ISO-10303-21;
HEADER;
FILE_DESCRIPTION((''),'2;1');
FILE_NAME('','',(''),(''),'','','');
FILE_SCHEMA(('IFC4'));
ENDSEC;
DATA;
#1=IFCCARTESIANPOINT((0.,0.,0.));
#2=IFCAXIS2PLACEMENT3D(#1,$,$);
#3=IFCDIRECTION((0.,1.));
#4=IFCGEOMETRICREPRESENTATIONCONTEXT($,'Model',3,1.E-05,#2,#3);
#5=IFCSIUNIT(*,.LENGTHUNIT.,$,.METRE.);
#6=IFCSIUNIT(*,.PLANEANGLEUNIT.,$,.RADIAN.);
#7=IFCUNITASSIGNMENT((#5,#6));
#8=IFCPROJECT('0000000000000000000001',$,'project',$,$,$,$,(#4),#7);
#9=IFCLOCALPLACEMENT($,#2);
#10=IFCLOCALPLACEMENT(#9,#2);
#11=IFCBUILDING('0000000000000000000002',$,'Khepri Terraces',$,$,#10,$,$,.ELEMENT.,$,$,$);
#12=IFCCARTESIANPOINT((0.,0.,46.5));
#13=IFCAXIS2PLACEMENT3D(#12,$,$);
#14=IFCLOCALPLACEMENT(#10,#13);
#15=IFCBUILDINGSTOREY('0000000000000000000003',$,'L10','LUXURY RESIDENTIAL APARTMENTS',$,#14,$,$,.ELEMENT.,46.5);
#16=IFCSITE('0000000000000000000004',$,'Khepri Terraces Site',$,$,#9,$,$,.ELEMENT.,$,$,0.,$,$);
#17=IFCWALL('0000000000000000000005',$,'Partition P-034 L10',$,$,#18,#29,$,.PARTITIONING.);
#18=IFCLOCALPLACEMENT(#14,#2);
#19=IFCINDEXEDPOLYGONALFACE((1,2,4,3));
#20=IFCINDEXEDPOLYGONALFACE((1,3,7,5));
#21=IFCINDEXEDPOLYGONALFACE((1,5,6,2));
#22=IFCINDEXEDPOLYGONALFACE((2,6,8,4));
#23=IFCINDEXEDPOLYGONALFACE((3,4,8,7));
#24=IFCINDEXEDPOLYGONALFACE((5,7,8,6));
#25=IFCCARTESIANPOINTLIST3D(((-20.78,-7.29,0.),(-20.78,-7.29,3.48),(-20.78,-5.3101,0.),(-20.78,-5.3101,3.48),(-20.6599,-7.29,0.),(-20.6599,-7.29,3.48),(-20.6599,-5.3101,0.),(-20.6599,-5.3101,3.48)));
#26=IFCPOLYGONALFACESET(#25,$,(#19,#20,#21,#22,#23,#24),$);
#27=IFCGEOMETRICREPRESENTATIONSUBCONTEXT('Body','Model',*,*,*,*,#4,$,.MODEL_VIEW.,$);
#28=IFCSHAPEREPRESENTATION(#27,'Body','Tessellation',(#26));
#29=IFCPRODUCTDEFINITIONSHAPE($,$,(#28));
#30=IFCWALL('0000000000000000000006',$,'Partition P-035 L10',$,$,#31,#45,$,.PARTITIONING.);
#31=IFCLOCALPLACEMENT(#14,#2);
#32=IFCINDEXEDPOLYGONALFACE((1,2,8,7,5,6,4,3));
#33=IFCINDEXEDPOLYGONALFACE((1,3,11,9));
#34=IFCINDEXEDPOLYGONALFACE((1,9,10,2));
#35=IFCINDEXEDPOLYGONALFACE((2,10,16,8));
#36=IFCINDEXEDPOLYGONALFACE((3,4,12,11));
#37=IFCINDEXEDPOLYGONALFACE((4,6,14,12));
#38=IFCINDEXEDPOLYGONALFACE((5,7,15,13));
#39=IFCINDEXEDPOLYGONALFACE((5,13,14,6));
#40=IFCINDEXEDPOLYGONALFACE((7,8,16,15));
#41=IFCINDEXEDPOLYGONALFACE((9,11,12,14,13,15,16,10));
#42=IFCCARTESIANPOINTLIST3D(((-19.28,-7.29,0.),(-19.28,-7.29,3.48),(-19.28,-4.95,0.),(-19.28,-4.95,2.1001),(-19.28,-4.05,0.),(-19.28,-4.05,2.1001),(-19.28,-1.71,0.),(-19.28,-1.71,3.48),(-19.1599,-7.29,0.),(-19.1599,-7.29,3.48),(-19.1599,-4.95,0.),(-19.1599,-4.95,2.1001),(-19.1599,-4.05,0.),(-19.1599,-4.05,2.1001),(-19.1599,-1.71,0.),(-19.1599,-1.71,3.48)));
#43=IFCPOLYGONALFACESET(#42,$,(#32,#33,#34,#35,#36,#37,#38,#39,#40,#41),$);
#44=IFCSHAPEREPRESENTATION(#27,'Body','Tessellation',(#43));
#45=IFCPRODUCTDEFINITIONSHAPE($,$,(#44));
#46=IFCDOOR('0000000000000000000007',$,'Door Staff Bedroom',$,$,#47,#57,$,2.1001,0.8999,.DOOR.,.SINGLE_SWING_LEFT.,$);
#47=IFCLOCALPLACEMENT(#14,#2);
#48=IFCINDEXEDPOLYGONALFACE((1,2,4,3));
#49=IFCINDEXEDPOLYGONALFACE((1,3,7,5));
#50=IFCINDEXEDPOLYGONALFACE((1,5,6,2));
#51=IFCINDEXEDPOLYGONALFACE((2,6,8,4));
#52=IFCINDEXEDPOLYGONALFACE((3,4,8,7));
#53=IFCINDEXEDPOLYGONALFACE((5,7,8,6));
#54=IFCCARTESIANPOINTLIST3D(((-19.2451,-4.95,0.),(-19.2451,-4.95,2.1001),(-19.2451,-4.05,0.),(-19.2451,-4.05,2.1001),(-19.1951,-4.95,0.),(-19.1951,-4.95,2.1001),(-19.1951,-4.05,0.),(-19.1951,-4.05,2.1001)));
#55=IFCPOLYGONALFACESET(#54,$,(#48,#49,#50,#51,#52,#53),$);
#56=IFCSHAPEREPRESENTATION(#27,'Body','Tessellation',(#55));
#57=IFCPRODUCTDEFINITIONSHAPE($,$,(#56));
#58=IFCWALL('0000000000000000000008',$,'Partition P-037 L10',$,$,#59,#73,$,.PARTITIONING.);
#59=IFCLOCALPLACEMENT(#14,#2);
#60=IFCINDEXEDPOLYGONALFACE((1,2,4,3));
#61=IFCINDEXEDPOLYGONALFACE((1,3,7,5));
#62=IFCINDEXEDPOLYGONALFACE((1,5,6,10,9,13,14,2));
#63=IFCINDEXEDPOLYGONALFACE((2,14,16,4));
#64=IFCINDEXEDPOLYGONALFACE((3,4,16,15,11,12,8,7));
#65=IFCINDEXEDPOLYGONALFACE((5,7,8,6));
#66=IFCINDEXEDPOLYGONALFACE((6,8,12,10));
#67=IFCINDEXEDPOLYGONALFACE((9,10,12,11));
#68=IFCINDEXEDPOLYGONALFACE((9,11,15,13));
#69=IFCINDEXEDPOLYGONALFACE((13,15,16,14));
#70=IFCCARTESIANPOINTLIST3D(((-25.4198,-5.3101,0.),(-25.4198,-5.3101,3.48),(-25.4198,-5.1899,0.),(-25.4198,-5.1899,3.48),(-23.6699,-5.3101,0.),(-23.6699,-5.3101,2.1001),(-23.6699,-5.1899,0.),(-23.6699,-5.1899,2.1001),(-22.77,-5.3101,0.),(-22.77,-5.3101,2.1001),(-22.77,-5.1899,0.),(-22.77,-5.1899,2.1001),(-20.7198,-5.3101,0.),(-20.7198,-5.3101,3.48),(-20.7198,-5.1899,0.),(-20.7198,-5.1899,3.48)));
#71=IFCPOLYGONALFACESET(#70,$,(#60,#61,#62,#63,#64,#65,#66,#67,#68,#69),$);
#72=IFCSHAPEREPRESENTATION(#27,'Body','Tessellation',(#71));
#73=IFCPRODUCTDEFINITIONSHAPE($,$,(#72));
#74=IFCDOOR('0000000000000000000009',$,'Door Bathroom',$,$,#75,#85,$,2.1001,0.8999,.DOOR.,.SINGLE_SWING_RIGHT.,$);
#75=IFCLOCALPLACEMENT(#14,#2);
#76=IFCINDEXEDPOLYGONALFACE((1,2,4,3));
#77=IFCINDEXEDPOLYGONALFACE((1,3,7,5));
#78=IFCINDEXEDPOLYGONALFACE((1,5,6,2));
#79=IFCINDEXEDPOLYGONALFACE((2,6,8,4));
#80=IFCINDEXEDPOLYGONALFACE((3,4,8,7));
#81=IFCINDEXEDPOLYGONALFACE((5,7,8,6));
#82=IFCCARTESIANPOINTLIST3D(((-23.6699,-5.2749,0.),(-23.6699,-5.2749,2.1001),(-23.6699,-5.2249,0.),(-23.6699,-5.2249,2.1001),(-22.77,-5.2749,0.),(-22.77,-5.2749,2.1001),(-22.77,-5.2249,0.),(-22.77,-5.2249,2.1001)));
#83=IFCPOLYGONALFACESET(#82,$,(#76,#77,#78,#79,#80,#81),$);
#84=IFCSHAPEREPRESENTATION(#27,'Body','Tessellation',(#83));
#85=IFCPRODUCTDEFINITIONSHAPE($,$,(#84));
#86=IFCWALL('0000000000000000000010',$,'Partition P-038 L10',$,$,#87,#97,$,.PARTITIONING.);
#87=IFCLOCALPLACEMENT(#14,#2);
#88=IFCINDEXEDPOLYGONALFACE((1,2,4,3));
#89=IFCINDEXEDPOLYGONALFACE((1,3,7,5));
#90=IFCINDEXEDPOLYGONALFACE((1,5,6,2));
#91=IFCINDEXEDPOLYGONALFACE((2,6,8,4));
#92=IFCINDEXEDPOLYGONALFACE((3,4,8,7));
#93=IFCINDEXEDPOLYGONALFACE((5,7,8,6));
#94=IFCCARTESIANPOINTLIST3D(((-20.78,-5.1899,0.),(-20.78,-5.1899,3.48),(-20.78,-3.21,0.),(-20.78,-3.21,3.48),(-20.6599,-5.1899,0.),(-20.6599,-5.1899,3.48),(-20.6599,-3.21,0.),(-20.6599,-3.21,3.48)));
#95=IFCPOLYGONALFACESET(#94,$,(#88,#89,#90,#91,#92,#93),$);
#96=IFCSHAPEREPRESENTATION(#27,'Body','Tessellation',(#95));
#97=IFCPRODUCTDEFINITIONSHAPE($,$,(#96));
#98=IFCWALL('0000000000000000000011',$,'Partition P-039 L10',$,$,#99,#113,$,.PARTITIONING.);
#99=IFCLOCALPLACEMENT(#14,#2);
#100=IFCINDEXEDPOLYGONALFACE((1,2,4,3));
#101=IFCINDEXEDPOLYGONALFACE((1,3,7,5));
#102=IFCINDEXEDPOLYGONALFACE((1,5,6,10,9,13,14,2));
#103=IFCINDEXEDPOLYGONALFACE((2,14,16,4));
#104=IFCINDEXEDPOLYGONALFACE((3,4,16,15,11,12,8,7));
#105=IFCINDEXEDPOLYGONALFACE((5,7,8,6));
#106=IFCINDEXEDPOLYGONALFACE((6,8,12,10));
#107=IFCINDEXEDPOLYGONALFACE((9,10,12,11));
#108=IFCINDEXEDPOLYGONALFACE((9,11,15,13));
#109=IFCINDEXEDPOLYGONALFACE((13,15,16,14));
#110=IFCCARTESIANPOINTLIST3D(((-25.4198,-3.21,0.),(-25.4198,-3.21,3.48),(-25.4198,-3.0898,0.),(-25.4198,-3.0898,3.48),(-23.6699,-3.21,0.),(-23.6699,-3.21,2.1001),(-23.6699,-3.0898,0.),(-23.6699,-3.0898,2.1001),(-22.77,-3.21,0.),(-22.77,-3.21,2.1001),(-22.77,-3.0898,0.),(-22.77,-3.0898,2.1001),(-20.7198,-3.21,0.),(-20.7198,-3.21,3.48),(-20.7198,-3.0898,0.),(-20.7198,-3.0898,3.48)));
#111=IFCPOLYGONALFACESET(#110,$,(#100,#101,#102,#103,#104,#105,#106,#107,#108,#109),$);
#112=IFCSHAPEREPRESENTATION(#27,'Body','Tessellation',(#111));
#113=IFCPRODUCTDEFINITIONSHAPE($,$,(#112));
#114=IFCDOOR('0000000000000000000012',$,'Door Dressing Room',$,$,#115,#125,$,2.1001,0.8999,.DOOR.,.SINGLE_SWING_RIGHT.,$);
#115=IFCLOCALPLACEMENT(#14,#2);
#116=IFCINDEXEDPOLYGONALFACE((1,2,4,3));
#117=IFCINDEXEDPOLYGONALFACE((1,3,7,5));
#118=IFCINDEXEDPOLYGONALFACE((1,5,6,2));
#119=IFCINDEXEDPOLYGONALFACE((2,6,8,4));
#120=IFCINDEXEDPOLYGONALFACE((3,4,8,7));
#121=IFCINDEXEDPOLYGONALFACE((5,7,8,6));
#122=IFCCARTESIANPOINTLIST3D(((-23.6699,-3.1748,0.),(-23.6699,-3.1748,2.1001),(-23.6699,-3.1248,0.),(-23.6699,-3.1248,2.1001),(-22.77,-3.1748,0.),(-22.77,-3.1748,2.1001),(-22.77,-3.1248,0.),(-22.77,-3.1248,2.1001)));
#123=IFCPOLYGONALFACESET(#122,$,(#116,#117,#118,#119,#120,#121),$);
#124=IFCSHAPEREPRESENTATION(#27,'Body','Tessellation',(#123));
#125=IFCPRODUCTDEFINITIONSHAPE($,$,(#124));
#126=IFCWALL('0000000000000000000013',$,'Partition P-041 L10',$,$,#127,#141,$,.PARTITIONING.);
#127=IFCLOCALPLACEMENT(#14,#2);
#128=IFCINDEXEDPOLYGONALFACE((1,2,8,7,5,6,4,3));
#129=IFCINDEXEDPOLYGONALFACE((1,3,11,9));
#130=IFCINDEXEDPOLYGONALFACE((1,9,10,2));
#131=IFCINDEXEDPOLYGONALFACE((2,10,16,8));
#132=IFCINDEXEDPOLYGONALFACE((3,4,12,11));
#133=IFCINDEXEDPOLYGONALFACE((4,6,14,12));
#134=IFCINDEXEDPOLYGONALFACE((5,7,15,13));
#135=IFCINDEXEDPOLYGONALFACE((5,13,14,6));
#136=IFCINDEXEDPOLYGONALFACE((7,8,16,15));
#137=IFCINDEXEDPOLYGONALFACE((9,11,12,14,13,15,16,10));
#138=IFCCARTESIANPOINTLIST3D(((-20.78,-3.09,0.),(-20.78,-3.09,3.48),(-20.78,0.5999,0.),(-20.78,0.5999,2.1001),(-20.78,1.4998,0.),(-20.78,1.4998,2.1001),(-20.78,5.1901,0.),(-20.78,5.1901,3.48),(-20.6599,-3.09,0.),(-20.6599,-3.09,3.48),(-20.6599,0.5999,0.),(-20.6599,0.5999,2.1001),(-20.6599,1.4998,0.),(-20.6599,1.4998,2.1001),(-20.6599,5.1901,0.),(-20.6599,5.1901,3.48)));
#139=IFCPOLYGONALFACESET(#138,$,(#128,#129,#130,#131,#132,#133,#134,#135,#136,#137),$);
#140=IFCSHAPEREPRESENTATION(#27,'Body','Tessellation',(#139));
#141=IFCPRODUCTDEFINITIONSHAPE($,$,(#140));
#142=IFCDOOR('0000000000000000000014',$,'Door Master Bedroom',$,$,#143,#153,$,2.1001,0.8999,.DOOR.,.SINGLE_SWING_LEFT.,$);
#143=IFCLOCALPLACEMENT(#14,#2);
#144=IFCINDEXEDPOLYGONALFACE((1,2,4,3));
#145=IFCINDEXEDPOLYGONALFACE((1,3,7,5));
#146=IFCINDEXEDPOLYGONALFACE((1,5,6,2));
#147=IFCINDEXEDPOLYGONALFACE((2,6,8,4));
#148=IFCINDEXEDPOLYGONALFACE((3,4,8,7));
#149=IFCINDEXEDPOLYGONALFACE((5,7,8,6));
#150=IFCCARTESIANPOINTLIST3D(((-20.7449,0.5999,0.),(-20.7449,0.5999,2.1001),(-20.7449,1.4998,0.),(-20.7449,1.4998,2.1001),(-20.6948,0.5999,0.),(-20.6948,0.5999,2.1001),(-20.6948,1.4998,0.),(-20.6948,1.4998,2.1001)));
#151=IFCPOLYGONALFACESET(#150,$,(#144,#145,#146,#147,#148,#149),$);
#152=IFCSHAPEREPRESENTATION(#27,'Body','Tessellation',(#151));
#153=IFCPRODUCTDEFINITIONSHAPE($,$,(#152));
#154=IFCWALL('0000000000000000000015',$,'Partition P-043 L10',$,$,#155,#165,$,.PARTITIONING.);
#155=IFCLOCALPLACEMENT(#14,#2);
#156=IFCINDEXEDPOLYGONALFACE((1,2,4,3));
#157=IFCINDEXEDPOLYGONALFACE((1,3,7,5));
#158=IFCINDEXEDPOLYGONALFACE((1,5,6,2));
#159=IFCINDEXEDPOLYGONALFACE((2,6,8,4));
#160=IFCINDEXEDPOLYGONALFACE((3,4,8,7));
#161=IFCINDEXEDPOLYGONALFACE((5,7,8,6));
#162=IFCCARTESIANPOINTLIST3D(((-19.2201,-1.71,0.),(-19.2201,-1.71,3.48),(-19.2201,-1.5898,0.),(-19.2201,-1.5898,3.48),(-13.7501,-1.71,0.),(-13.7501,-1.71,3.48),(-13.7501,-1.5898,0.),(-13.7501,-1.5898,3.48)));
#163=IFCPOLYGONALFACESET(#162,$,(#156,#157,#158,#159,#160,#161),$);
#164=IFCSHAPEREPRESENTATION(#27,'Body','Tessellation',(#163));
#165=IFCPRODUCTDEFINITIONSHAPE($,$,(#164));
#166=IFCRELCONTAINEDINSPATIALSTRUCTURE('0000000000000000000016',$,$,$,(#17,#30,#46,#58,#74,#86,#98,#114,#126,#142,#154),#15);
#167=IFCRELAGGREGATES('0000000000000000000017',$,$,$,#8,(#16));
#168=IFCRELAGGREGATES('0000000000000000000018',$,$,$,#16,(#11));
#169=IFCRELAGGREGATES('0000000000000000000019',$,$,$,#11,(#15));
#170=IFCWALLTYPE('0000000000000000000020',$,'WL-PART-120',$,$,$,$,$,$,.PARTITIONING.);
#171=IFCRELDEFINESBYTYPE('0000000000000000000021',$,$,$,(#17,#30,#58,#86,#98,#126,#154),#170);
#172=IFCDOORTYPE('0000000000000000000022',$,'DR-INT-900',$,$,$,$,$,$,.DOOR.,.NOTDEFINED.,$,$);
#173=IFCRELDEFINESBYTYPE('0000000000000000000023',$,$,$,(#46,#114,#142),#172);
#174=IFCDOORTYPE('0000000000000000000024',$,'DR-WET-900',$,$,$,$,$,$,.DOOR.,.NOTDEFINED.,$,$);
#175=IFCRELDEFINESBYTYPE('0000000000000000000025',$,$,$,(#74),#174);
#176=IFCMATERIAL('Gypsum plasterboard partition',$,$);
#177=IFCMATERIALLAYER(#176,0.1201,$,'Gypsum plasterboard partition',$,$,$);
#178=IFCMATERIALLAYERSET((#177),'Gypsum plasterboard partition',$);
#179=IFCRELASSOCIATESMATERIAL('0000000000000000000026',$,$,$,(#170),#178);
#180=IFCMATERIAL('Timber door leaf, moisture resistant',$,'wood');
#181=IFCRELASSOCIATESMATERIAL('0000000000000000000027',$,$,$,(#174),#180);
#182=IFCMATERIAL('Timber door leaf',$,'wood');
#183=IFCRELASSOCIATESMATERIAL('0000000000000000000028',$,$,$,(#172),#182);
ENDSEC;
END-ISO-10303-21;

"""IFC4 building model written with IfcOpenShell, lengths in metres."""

from ifc_helpers import new_model, si_unit, direction, frame, frame_2d, origin, place, context, subcontext, project, spatial, rectangle, extrude, material, layer, layer_set, type_object, element, fill, save


model = new_model("IFC4")

# Units and contexts
model_context = context("Model", 3, precision=1e-05, world=origin(), true_north=direction((0.0, 1.0)))
body_context = subcontext(model_context, "Body", "Model", "MODEL_VIEW")
ifc_project = project(units=[si_unit("LENGTHUNIT", "METRE"), si_unit("PLANEANGLEUNIT", "RADIAN")], contexts=[model_context])

# Site, building, storey
site_placement = place(None, origin())
site = spatial("IfcSite", under=ifc_project, at=site_placement, Name="Khepri Terraces Site", CompositionType="ELEMENT", RefElevation=0.0)
building_placement = place(site_placement, origin())
building = spatial("IfcBuilding", under=site, at=building_placement, Name="Khepri Terraces", CompositionType="ELEMENT")
storey_placement = place(building_placement, frame((0.0, 0.0, 46.5)))
storey = spatial("IfcBuildingStorey", under=building, at=storey_placement, Name="L10", Description="LUXURY RESIDENTIAL APARTMENTS", CompositionType="ELEMENT", Elevation=46.5)

# Shared definitions
ifc_material_1 = material(Name="Gypsum plasterboard partition")
ifc_layer_1 = layer(ifc_material_1, 0.1201, Name="Gypsum plasterboard partition")
ifc_layer_set_1 = layer_set([ifc_layer_1], Name="Gypsum plasterboard partition")
wall_type_1 = type_object("IfcWallType", Name="WL-PART-120", PredefinedType="PARTITIONING", material=ifc_layer_set_1)

# Shared definitions
ifc_material_2 = material(Name="Timber door leaf, moisture resistant", Category="wood")
door_type_1 = type_object("IfcDoorType", Name="DR-WET-900", OperationType="NOTDEFINED", PredefinedType="DOOR", material=ifc_material_2)

# Wall
wall_1_placement = place(storey_placement, frame((-20.72, -7.29, 0.0), z_axis=(0.0, 0.0, 1.0), x_axis=(0.0, 1.0, 0.0)))
element("IfcWall", 1, at=wall_1_placement, inside=storey, type_object=wall_type_1, Name="Partition P-034 L10", PredefinedType="PARTITIONING", context=body_context, shape_type="SweptSolid", body=[
    extrude(rectangle(XDim=1.98, YDim=0.1201, at=frame_2d((0.99, 0.0))), origin(), (0.0, 0.0, 1.0), 3.48),
])

# Walls, openings, doors
wall_2_placement = place(storey_placement, frame((-19.22, -7.29, 0.0), z_axis=(0.0, 0.0, 1.0), x_axis=(0.0, 1.0, 0.0)))
wall_2 = element("IfcWall", 2, at=wall_2_placement, inside=storey, type_object=wall_type_1, Name="Partition P-035 L10", PredefinedType="PARTITIONING", context=body_context, shape_type="SweptSolid", body=[
    extrude(rectangle(XDim=5.5801, YDim=0.1201, at=frame_2d((2.79, 0.0))), origin(), (0.0, 0.0, 1.0), 3.48),
])
opening_1_placement = place(wall_2_placement, frame((2.3401, 0.0, 0.0)))
opening_1 = element("IfcOpeningElement", 3, at=opening_1_placement, cuts=wall_2, PredefinedType="OPENING", context=body_context, shape_type="SweptSolid", body=[
    extrude(rectangle(XDim=0.8999, YDim=2.1001, at=frame_2d((0.45, 1.05))), frame((0.0, 0.0701, 0.0), z_axis=(0.0, -1.0, 0.0), x_axis=(1.0, 0.0, 0.0)), (0.0, 0.0, 1.0), 0.1401),
])
ifc_material_3 = material(Name="Timber door leaf", Category="wood")
door_type_2 = type_object("IfcDoorType", Name="DR-INT-900", OperationType="NOTDEFINED", PredefinedType="DOOR", material=ifc_material_3)
door_1_placement = place(opening_1_placement, frame((0.8999, 0.0, 0.0), z_axis=(0.0, 0.0, 1.0), x_axis=(-1.0, 0.0, 0.0)))
door_1 = element("IfcDoor", 4, at=door_1_placement, inside=storey, type_object=door_type_2, Name="Door Staff Bedroom", OperationType="SINGLE_SWING_LEFT", OverallHeight=2.1001, OverallWidth=0.8999, PredefinedType="DOOR", context=body_context, shape_type="SweptSolid", body=[
    extrude(rectangle(XDim=0.8999, YDim=2.1001, at=frame_2d((0.45, 1.05))), frame((0.0, 0.0249, 0.0), z_axis=(0.0, -1.0, 0.0), x_axis=(1.0, 0.0, 0.0)), (0.0, 0.0, 1.0), 0.05),
])
fill(opening_1, door_1)
wall_3_placement = place(storey_placement, frame((-25.4199, -5.25, 0.0), z_axis=(0.0, 0.0, 1.0), x_axis=(1.0, 0.0, 0.0)))
wall_3 = element("IfcWall", 5, at=wall_3_placement, inside=storey, type_object=wall_type_1, Name="Partition P-037 L10", PredefinedType="PARTITIONING", context=body_context, shape_type="SweptSolid", body=[
    extrude(rectangle(XDim=4.7, YDim=0.1201, at=frame_2d((2.3501, 0.0))), origin(), (0.0, 0.0, 1.0), 3.48),
])
opening_2_placement = place(wall_3_placement, frame((1.75, 0.0, 0.0)))
opening_2 = element("IfcOpeningElement", 6, at=opening_2_placement, cuts=wall_3, PredefinedType="OPENING", context=body_context, shape_type="SweptSolid", body=[
    extrude(rectangle(XDim=0.8999, YDim=2.1001, at=frame_2d((0.45, 1.05))), frame((0.0, 0.0701, 0.0), z_axis=(0.0, -1.0, 0.0), x_axis=(1.0, 0.0, 0.0)), (0.0, 0.0, 1.0), 0.1401),
])
door_2_placement = place(opening_2_placement, frame((0.8999, 0.0, 0.0), z_axis=(0.0, 0.0, 1.0), x_axis=(-1.0, 0.0, 0.0)))
door_2 = element("IfcDoor", 7, at=door_2_placement, inside=storey, type_object=door_type_1, Name="Door Bathroom", OperationType="SINGLE_SWING_RIGHT", OverallHeight=2.1001, OverallWidth=0.8999, PredefinedType="DOOR", context=body_context, shape_type="SweptSolid", body=[
    extrude(rectangle(XDim=0.8999, YDim=2.1001, at=frame_2d((0.45, 1.05))), frame((0.0, 0.0249, 0.0), z_axis=(0.0, -1.0, 0.0), x_axis=(1.0, 0.0, 0.0)), (0.0, 0.0, 1.0), 0.05),
])
fill(opening_2, door_2)

# Wall
wall_4_placement = place(storey_placement, frame((-20.72, -5.1899, 0.0), z_axis=(0.0, 0.0, 1.0), x_axis=(0.0, 1.0, 0.0)))
element("IfcWall", 8, at=wall_4_placement, inside=storey, type_object=wall_type_1, Name="Partition P-038 L10", PredefinedType="PARTITIONING", context=body_context, shape_type="SweptSolid", body=[
    extrude(rectangle(XDim=1.98, YDim=0.1201, at=frame_2d((0.99, 0.0))), origin(), (0.0, 0.0, 1.0), 3.48),
])

# Walls, openings, doors
wall_5_placement = place(storey_placement, frame((-25.4199, -3.1499, 0.0), z_axis=(0.0, 0.0, 1.0), x_axis=(1.0, 0.0, 0.0)))
wall_5 = element("IfcWall", 9, at=wall_5_placement, inside=storey, type_object=wall_type_1, Name="Partition P-039 L10", PredefinedType="PARTITIONING", context=body_context, shape_type="SweptSolid", body=[
    extrude(rectangle(XDim=4.7, YDim=0.1201, at=frame_2d((2.3501, 0.0))), origin(), (0.0, 0.0, 1.0), 3.48),
])
opening_3_placement = place(wall_5_placement, frame((1.75, 0.0, 0.0)))
opening_3 = element("IfcOpeningElement", 10, at=opening_3_placement, cuts=wall_5, PredefinedType="OPENING", context=body_context, shape_type="SweptSolid", body=[
    extrude(rectangle(XDim=0.8999, YDim=2.1001, at=frame_2d((0.45, 1.05))), frame((0.0, 0.0701, 0.0), z_axis=(0.0, -1.0, 0.0), x_axis=(1.0, 0.0, 0.0)), (0.0, 0.0, 1.0), 0.1401),
])
door_3_placement = place(opening_3_placement, frame((0.8999, 0.0, 0.0), z_axis=(0.0, 0.0, 1.0), x_axis=(-1.0, 0.0, 0.0)))
door_3 = element("IfcDoor", 11, at=door_3_placement, inside=storey, type_object=door_type_2, Name="Door Dressing Room", OperationType="SINGLE_SWING_RIGHT", OverallHeight=2.1001, OverallWidth=0.8999, PredefinedType="DOOR", context=body_context, shape_type="SweptSolid", body=[
    extrude(rectangle(XDim=0.8999, YDim=2.1001, at=frame_2d((0.45, 1.05))), frame((0.0, 0.0249, 0.0), z_axis=(0.0, -1.0, 0.0), x_axis=(1.0, 0.0, 0.0)), (0.0, 0.0, 1.0), 0.05),
])
fill(opening_3, door_3)
wall_6_placement = place(storey_placement, frame((-20.72, -3.0901, 0.0), z_axis=(0.0, 0.0, 1.0), x_axis=(0.0, 1.0, 0.0)))
wall_6 = element("IfcWall", 12, at=wall_6_placement, inside=storey, type_object=wall_type_1, Name="Partition P-041 L10", PredefinedType="PARTITIONING", context=body_context, shape_type="SweptSolid", body=[
    extrude(rectangle(XDim=8.28, YDim=0.1201, at=frame_2d((4.1401, 0.0))), origin(), (0.0, 0.0, 1.0), 3.48),
])
opening_4_placement = place(wall_6_placement, frame((3.6899, 0.0, 0.0)))
opening_4 = element("IfcOpeningElement", 13, at=opening_4_placement, cuts=wall_6, PredefinedType="OPENING", context=body_context, shape_type="SweptSolid", body=[
    extrude(rectangle(XDim=0.8999, YDim=2.1001, at=frame_2d((0.45, 1.05))), frame((0.0, 0.0701, 0.0), z_axis=(0.0, -1.0, 0.0), x_axis=(1.0, 0.0, 0.0)), (0.0, 0.0, 1.0), 0.1401),
])
door_4_placement = place(opening_4_placement, origin())
door_4 = element("IfcDoor", 14, at=door_4_placement, inside=storey, type_object=door_type_2, Name="Door Master Bedroom", OperationType="SINGLE_SWING_LEFT", OverallHeight=2.1001, OverallWidth=0.8999, PredefinedType="DOOR", context=body_context, shape_type="SweptSolid", body=[
    extrude(rectangle(XDim=0.8999, YDim=2.1001, at=frame_2d((0.45, 1.05))), frame((0.0, 0.0249, 0.0), z_axis=(0.0, -1.0, 0.0), x_axis=(1.0, 0.0, 0.0)), (0.0, 0.0, 1.0), 0.05),
])
fill(opening_4, door_4)

# Wall
wall_7_placement = place(storey_placement, frame((-19.22, -1.6499, 0.0), z_axis=(0.0, 0.0, 1.0), x_axis=(1.0, 0.0, 0.0)))
element("IfcWall", 15, at=wall_7_placement, inside=storey, type_object=wall_type_1, Name="Partition P-043 L10", PredefinedType="PARTITIONING", context=body_context, shape_type="SweptSolid", body=[
    extrude(rectangle(XDim=5.47, YDim=0.1201, at=frame_2d((2.7349, 0.0))), origin(), (0.0, 0.0, 1.0), 3.48),
])

save(model, "model.ifc")
